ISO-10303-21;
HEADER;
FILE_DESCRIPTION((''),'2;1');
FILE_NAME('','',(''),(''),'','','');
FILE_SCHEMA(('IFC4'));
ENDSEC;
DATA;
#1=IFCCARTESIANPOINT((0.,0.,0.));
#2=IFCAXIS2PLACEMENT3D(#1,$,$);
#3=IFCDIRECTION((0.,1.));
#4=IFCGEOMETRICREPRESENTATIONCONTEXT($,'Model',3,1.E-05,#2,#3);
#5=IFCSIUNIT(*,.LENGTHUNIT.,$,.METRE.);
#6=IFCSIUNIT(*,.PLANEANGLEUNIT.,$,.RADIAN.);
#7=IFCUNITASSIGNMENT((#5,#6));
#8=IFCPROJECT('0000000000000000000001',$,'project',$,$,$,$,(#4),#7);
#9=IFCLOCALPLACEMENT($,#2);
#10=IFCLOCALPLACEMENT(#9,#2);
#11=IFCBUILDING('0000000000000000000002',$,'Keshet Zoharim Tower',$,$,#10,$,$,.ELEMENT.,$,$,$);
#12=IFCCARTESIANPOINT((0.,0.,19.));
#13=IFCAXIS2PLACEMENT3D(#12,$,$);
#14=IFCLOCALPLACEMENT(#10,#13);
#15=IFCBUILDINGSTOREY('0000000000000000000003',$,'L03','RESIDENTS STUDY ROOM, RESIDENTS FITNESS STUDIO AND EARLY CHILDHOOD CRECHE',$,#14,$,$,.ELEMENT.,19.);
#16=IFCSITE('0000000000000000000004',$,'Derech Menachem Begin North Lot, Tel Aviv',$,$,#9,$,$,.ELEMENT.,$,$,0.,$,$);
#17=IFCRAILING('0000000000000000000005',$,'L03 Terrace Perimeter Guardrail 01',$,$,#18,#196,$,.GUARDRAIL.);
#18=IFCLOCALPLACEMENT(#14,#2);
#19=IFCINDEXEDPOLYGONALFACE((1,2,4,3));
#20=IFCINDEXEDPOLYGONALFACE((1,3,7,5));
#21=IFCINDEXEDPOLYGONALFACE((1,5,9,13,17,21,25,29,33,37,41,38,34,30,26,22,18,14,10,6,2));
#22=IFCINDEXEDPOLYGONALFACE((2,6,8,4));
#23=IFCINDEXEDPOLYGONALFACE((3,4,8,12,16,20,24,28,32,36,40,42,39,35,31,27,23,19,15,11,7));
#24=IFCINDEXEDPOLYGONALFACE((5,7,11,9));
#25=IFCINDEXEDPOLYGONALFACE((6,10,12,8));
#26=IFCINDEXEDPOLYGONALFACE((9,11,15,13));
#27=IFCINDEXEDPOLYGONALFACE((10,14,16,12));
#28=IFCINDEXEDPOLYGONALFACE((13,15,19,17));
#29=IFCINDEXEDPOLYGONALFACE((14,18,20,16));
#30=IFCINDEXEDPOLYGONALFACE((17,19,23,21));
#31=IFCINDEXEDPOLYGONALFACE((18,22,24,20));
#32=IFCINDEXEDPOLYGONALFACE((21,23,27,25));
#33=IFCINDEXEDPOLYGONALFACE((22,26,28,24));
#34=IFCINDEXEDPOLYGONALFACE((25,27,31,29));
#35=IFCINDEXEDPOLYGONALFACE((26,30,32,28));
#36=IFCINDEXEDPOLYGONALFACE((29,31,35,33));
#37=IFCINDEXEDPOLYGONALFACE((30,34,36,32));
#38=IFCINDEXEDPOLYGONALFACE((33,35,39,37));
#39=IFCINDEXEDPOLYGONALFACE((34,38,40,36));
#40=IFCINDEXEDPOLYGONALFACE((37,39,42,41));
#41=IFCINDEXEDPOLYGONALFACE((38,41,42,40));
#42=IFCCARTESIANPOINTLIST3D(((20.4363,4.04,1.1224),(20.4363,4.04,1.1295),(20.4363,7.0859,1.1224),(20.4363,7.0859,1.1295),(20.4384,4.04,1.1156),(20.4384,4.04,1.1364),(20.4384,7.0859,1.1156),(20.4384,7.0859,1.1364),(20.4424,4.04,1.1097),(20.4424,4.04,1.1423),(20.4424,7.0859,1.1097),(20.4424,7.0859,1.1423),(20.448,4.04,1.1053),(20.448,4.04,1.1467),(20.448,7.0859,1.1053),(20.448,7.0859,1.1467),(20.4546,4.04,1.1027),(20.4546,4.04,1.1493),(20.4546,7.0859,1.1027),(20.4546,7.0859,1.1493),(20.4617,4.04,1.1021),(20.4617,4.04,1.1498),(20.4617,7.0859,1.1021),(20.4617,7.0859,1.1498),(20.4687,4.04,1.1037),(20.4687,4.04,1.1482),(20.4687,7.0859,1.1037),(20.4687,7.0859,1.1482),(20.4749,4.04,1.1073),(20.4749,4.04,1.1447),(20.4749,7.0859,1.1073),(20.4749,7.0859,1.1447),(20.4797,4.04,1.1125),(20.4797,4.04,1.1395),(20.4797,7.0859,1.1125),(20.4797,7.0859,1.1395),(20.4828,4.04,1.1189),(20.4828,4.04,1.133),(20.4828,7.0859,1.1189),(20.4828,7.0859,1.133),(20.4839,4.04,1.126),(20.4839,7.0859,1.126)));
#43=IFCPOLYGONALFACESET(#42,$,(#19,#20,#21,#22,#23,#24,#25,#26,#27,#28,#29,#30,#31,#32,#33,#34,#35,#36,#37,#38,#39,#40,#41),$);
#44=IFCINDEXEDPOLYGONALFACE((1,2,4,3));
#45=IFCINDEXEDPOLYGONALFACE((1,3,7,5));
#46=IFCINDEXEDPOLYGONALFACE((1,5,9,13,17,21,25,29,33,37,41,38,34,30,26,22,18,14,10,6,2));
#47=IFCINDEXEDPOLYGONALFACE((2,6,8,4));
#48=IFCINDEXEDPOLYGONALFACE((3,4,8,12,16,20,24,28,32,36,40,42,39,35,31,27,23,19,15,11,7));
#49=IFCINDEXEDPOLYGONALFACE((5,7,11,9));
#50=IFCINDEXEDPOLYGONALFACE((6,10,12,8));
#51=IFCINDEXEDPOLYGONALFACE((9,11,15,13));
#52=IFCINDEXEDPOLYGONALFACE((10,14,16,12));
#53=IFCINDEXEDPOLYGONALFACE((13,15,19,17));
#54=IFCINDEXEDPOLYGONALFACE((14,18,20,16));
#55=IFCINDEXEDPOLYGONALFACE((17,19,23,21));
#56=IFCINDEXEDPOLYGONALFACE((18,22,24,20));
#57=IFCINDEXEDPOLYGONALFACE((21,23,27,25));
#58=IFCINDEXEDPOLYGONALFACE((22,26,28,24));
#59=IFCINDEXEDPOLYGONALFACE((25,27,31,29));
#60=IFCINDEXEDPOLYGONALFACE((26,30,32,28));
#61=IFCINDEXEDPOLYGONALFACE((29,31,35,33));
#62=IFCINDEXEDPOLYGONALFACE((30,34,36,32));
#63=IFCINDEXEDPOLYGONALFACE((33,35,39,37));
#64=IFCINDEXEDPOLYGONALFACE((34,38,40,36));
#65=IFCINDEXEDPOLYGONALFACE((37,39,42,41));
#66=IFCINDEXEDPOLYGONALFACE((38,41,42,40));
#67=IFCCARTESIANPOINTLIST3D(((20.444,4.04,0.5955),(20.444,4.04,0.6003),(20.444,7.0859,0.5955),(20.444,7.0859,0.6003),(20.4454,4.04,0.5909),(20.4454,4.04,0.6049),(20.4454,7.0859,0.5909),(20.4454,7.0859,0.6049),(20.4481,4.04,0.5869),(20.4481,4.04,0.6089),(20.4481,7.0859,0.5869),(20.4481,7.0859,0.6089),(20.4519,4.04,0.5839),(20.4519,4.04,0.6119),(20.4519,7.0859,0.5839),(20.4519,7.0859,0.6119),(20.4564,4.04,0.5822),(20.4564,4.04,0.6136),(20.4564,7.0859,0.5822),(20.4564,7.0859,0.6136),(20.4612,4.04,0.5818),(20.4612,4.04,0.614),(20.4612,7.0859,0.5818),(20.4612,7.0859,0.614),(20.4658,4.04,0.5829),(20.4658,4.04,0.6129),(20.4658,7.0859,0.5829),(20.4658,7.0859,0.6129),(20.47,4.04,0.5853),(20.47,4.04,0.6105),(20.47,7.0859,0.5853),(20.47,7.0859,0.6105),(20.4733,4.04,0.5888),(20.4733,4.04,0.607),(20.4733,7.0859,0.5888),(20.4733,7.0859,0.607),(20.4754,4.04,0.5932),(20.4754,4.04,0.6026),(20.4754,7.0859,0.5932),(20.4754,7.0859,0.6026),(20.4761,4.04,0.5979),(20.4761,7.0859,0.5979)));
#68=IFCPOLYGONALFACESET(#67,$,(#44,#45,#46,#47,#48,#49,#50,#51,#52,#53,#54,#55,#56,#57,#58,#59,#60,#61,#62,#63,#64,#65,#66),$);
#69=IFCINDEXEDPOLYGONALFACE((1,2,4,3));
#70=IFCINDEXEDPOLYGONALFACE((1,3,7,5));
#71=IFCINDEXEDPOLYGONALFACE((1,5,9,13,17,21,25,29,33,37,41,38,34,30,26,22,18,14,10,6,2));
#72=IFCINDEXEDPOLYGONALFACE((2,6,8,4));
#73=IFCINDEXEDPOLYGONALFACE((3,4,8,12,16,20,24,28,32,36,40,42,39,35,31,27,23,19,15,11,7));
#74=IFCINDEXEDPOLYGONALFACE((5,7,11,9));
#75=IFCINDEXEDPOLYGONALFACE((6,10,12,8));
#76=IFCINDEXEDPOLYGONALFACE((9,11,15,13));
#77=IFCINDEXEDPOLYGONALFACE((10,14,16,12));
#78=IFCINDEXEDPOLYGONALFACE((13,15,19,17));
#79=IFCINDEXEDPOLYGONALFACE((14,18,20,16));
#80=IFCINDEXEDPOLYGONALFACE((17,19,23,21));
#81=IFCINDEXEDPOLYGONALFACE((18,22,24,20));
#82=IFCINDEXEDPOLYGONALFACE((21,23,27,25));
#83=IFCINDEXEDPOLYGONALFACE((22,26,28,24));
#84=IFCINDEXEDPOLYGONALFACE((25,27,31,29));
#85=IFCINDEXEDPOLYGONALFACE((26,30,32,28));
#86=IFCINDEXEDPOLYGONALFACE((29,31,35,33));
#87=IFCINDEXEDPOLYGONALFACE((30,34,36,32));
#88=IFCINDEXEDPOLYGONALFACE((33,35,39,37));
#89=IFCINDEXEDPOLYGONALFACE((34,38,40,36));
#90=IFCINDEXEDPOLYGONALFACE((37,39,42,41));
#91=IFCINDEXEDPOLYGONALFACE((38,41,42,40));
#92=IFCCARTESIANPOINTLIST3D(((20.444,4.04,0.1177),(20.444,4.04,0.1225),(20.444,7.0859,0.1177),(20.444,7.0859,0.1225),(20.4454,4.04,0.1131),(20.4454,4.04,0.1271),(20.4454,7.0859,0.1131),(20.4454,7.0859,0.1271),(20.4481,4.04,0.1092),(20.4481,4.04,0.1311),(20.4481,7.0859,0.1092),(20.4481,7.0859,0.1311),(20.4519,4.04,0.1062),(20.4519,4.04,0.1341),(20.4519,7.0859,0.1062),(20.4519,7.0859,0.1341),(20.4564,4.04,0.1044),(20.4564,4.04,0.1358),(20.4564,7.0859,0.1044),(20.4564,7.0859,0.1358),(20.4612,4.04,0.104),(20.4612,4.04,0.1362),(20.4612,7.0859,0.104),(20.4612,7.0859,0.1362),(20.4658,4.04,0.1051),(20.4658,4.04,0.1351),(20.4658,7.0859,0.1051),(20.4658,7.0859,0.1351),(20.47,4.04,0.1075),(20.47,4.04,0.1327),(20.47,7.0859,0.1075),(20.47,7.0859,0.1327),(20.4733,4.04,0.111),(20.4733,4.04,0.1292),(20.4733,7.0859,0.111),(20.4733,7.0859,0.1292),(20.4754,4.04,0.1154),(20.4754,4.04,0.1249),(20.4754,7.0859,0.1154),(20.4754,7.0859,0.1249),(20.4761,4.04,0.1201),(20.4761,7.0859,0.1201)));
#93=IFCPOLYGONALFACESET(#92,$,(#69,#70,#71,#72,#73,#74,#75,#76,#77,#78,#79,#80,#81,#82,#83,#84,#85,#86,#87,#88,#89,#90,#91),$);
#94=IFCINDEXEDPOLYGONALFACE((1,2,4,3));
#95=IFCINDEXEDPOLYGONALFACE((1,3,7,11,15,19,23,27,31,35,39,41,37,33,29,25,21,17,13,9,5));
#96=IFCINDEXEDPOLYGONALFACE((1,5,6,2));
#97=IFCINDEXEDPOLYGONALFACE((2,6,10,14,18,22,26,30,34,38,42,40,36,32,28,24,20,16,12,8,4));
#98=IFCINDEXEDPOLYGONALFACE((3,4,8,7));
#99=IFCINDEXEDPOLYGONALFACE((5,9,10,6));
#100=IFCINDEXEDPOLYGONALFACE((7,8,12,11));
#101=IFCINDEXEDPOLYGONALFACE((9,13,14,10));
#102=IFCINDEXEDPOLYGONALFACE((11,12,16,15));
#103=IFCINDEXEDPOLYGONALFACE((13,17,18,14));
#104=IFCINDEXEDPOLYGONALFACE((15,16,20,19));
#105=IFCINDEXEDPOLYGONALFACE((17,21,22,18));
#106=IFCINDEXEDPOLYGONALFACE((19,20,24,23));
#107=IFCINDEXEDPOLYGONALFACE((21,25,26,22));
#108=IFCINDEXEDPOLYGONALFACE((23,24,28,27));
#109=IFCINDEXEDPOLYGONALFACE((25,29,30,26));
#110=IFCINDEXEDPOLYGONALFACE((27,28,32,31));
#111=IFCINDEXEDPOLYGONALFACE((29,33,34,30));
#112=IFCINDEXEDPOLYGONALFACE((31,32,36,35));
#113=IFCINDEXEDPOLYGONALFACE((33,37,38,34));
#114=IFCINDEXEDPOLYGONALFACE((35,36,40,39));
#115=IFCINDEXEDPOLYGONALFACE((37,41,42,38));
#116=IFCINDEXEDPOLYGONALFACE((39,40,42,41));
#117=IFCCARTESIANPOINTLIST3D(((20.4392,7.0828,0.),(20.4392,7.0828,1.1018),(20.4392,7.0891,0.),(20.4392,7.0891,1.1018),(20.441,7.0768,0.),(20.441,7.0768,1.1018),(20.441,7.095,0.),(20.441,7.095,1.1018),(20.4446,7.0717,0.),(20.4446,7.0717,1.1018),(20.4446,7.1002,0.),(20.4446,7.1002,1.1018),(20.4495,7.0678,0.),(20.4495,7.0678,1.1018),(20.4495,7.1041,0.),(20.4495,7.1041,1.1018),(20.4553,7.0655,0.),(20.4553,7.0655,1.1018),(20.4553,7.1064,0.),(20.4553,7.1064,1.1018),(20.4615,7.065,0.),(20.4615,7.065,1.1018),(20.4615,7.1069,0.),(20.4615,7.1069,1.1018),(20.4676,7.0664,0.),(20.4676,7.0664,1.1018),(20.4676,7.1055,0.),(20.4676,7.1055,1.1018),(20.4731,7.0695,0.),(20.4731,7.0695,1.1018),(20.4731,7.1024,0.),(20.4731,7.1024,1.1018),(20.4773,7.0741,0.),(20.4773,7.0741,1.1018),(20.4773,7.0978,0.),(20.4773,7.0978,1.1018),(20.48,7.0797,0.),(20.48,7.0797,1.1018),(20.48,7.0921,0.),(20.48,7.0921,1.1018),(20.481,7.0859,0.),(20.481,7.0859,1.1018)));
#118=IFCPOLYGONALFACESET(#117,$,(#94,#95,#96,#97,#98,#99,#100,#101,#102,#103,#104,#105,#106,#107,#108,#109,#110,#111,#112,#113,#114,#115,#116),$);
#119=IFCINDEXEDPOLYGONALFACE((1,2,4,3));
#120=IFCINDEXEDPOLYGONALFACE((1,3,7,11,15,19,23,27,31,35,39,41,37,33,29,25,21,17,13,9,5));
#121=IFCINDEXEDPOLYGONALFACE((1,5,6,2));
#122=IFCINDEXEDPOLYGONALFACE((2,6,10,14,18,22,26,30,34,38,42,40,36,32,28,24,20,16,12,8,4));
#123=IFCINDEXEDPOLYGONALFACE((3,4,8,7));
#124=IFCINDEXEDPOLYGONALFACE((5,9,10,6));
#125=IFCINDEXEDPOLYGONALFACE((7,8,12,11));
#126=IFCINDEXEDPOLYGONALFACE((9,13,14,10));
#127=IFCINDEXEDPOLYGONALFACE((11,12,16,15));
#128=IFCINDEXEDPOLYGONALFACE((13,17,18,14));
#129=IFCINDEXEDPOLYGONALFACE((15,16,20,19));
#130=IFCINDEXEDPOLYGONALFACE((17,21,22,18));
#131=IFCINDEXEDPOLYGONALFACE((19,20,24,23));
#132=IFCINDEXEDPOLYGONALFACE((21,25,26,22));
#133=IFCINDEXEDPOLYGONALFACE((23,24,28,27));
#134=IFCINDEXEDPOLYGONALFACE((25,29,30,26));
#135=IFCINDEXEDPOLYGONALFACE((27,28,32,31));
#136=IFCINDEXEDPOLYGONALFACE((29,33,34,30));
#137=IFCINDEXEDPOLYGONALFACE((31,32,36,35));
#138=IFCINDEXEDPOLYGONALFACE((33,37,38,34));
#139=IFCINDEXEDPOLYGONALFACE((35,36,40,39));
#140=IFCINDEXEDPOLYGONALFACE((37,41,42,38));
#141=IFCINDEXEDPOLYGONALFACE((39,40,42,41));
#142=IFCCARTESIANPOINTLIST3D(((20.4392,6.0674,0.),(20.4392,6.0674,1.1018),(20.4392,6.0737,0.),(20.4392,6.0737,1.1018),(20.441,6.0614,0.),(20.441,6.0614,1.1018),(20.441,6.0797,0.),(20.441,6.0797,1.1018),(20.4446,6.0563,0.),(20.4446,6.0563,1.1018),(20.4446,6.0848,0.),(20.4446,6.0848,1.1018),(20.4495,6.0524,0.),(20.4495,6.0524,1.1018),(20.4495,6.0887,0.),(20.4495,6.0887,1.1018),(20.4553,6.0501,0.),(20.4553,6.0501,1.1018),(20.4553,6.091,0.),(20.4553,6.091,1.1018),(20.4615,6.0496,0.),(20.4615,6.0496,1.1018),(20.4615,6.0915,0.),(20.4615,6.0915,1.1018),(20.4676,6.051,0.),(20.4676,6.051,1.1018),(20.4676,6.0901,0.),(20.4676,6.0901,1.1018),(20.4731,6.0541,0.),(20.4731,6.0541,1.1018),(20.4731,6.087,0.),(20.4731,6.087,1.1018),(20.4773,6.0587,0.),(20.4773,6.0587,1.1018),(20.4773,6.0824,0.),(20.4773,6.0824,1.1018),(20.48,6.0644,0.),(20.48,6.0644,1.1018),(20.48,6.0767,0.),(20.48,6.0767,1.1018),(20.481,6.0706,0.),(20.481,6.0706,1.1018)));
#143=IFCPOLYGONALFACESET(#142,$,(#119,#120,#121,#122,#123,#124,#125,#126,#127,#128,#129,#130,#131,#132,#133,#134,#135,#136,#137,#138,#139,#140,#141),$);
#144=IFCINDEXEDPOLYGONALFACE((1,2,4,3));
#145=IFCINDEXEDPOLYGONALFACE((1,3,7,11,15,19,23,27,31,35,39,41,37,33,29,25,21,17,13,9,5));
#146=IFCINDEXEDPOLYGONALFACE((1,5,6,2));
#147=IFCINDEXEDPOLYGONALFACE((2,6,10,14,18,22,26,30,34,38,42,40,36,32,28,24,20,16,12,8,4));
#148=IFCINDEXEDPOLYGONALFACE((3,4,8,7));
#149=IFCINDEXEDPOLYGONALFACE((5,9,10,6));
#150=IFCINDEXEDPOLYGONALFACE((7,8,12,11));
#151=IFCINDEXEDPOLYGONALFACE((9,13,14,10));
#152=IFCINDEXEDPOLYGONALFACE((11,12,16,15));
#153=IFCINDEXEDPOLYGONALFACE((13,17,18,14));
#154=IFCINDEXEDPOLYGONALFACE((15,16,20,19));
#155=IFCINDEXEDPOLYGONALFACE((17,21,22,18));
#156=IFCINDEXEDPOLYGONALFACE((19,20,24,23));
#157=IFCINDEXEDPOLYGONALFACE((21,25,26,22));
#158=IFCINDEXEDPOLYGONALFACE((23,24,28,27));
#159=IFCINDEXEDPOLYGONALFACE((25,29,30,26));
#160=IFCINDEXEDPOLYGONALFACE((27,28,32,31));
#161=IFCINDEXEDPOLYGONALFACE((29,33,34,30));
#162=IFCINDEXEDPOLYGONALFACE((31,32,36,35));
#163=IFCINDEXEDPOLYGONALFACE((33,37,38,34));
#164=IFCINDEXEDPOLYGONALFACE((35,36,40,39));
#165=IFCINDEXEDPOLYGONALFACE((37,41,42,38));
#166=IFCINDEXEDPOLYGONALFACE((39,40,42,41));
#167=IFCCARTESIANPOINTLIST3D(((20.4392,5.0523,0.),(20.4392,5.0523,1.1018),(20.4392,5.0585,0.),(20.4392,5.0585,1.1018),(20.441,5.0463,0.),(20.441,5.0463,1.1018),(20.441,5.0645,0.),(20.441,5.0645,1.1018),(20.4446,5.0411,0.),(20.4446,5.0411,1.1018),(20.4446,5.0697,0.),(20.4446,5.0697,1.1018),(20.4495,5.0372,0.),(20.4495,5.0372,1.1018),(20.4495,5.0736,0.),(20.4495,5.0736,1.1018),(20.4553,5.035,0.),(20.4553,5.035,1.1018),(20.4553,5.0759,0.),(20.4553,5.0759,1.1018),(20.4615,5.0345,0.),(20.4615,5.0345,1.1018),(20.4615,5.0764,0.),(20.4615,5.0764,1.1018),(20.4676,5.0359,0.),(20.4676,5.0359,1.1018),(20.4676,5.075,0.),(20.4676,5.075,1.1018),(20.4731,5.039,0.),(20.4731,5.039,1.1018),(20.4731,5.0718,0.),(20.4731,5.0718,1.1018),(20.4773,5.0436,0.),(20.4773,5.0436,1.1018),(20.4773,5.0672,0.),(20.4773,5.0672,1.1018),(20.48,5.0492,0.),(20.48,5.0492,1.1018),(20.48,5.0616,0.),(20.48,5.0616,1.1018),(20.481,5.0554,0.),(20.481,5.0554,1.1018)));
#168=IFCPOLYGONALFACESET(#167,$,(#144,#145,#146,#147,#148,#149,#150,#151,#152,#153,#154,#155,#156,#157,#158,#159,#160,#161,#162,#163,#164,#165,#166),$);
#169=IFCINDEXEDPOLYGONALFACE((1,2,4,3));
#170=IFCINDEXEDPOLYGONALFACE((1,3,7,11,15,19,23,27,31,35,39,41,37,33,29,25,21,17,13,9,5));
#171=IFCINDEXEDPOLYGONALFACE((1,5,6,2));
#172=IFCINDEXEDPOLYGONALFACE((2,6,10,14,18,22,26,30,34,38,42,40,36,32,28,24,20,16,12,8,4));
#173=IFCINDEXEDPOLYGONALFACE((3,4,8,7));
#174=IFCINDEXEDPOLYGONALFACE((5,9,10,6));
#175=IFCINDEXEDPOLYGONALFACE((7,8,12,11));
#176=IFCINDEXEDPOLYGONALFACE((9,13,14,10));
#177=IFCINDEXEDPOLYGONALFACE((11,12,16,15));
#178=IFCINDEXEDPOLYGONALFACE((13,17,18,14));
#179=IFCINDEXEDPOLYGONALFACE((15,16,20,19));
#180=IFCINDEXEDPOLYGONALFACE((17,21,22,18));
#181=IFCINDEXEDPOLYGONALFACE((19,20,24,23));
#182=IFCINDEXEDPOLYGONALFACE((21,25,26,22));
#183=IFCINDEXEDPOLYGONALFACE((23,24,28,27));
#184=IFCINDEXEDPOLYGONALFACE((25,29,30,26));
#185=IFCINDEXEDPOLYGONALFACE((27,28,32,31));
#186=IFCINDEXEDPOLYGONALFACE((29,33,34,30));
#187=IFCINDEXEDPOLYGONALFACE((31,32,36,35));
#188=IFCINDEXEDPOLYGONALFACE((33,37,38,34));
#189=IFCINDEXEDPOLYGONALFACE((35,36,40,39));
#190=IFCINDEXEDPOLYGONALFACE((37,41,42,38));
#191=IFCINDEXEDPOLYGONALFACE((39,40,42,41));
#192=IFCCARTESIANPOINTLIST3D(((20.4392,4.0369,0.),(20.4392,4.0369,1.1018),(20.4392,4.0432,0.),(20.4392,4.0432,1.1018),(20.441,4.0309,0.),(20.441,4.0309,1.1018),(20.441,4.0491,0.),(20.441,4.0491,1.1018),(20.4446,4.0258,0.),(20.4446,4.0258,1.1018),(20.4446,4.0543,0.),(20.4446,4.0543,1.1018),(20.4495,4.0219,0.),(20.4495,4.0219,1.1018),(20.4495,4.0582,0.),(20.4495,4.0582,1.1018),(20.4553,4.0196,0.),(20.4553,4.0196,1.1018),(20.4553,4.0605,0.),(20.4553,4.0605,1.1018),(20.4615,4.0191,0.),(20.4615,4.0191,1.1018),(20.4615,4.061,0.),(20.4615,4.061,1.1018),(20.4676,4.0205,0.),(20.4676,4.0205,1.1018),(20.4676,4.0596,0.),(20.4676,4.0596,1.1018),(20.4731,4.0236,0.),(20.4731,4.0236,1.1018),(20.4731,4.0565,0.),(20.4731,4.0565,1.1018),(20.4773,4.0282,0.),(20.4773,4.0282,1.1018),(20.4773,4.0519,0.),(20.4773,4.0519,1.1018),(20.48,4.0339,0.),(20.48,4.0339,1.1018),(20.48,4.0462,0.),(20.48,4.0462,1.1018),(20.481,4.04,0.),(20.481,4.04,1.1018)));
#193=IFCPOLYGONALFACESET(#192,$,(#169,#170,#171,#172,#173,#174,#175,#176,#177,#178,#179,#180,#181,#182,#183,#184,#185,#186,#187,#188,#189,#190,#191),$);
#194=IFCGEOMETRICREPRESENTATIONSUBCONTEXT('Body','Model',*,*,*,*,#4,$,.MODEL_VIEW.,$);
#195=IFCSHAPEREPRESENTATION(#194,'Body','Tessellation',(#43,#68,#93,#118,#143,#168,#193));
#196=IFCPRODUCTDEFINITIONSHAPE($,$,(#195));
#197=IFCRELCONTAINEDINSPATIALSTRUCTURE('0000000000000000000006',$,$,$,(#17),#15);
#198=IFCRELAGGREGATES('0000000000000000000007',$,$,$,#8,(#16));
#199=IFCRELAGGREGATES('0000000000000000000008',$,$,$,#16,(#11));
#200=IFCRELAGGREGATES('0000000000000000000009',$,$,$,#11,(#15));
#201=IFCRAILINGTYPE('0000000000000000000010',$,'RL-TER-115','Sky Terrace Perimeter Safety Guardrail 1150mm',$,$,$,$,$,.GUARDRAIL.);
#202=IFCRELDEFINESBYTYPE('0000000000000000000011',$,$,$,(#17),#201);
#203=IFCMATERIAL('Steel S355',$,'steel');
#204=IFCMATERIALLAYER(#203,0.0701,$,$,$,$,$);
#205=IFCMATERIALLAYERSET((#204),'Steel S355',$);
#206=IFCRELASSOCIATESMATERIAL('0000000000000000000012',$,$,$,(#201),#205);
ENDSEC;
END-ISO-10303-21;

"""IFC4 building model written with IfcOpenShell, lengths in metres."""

from ifc_helpers import new_model, si_unit, direction, frame, origin, origin_2d, place, context, subcontext, project, spatial, circle, extrude, material, layer, layer_set, type_object, element, save


model = new_model("IFC4")

# Units and contexts
model_context = context("Model", 3, precision=1e-05, world=origin(), true_north=direction((0.0, 1.0)))
body_context = subcontext(model_context, "Body", "Model", "MODEL_VIEW")
ifc_project = project(units=[si_unit("LENGTHUNIT", "METRE"), si_unit("PLANEANGLEUNIT", "RADIAN")], contexts=[model_context])

# Site, building, storey
site_placement = place(None, origin())
site = spatial("IfcSite", under=ifc_project, at=site_placement, Name="Derech Menachem Begin North Lot, Tel Aviv", CompositionType="ELEMENT", RefElevation=0.0)
building_placement = place(site_placement, origin())
building = spatial("IfcBuilding", under=site, at=building_placement, Name="Keshet Zoharim Tower", CompositionType="ELEMENT")
storey_placement = place(building_placement, frame((0.0, 0.0, 19.0)))
storey = spatial("IfcBuildingStorey", under=building, at=storey_placement, Name="L03", Description="RESIDENTS STUDY ROOM, RESIDENTS FITNESS STUDIO AND EARLY CHILDHOOD CRECHE", CompositionType="ELEMENT", Elevation=19.0)

# Shared definitions
ifc_material_1 = material(Name="Steel S355", Category="steel")

# Railing
ifc_layer_1 = layer(ifc_material_1, 0.0701)
ifc_layer_set_1 = layer_set([ifc_layer_1], Name="Steel S355")
railing_type = type_object("IfcRailingType", Name="RL-TER-115", Description="Sky Terrace Perimeter Safety Guardrail 1150mm", PredefinedType="GUARDRAIL", material=ifc_layer_set_1)
railing_placement = place(storey_placement, frame((20.46, 7.0859, 0.0)))
element("IfcRailing", 1, at=railing_placement, inside=storey, type_object=railing_type, Name="L03 Terrace Perimeter Guardrail 01", PredefinedType="GUARDRAIL", context=body_context, shape_type="SweptSolid", body=[
    extrude(circle(Radius=0.0239, at=origin_2d()), frame((0.0, 0.0, 1.126), z_axis=(0.0, -1.0, 0.0), x_axis=(1.0, 0.0, 0.0)), (0.0, 0.0, 1.0), 3.0459),
    extrude(circle(Radius=0.0161, at=origin_2d()), frame((0.0, 0.0, 0.5979), z_axis=(0.0, -1.0, 0.0), x_axis=(1.0, 0.0, 0.0)), (0.0, 0.0, 1.0), 3.0459),
    extrude(circle(Radius=0.0161, at=origin_2d()), frame((0.0, 0.0, 0.1201), z_axis=(0.0, -1.0, 0.0), x_axis=(1.0, 0.0, 0.0)), (0.0, 0.0, 1.0), 3.0459),
    extrude(circle(Radius=0.021, at=origin_2d()), origin(), (0.0, 0.0, 1.0), 1.1018),
    extrude(circle(Radius=0.021, at=origin_2d()), frame((0.0, -1.0154, 0.0)), (0.0, 0.0, 1.0), 1.1018),
    extrude(circle(Radius=0.021, at=origin_2d()), frame((0.0, -2.0305, 0.0)), (0.0, 0.0, 1.0), 1.1018),
    extrude(circle(Radius=0.021, at=origin_2d()), frame((0.0, -3.0459, 0.0)), (0.0, 0.0, 1.0), 1.1018),
])

save(model, "model.ifc")
